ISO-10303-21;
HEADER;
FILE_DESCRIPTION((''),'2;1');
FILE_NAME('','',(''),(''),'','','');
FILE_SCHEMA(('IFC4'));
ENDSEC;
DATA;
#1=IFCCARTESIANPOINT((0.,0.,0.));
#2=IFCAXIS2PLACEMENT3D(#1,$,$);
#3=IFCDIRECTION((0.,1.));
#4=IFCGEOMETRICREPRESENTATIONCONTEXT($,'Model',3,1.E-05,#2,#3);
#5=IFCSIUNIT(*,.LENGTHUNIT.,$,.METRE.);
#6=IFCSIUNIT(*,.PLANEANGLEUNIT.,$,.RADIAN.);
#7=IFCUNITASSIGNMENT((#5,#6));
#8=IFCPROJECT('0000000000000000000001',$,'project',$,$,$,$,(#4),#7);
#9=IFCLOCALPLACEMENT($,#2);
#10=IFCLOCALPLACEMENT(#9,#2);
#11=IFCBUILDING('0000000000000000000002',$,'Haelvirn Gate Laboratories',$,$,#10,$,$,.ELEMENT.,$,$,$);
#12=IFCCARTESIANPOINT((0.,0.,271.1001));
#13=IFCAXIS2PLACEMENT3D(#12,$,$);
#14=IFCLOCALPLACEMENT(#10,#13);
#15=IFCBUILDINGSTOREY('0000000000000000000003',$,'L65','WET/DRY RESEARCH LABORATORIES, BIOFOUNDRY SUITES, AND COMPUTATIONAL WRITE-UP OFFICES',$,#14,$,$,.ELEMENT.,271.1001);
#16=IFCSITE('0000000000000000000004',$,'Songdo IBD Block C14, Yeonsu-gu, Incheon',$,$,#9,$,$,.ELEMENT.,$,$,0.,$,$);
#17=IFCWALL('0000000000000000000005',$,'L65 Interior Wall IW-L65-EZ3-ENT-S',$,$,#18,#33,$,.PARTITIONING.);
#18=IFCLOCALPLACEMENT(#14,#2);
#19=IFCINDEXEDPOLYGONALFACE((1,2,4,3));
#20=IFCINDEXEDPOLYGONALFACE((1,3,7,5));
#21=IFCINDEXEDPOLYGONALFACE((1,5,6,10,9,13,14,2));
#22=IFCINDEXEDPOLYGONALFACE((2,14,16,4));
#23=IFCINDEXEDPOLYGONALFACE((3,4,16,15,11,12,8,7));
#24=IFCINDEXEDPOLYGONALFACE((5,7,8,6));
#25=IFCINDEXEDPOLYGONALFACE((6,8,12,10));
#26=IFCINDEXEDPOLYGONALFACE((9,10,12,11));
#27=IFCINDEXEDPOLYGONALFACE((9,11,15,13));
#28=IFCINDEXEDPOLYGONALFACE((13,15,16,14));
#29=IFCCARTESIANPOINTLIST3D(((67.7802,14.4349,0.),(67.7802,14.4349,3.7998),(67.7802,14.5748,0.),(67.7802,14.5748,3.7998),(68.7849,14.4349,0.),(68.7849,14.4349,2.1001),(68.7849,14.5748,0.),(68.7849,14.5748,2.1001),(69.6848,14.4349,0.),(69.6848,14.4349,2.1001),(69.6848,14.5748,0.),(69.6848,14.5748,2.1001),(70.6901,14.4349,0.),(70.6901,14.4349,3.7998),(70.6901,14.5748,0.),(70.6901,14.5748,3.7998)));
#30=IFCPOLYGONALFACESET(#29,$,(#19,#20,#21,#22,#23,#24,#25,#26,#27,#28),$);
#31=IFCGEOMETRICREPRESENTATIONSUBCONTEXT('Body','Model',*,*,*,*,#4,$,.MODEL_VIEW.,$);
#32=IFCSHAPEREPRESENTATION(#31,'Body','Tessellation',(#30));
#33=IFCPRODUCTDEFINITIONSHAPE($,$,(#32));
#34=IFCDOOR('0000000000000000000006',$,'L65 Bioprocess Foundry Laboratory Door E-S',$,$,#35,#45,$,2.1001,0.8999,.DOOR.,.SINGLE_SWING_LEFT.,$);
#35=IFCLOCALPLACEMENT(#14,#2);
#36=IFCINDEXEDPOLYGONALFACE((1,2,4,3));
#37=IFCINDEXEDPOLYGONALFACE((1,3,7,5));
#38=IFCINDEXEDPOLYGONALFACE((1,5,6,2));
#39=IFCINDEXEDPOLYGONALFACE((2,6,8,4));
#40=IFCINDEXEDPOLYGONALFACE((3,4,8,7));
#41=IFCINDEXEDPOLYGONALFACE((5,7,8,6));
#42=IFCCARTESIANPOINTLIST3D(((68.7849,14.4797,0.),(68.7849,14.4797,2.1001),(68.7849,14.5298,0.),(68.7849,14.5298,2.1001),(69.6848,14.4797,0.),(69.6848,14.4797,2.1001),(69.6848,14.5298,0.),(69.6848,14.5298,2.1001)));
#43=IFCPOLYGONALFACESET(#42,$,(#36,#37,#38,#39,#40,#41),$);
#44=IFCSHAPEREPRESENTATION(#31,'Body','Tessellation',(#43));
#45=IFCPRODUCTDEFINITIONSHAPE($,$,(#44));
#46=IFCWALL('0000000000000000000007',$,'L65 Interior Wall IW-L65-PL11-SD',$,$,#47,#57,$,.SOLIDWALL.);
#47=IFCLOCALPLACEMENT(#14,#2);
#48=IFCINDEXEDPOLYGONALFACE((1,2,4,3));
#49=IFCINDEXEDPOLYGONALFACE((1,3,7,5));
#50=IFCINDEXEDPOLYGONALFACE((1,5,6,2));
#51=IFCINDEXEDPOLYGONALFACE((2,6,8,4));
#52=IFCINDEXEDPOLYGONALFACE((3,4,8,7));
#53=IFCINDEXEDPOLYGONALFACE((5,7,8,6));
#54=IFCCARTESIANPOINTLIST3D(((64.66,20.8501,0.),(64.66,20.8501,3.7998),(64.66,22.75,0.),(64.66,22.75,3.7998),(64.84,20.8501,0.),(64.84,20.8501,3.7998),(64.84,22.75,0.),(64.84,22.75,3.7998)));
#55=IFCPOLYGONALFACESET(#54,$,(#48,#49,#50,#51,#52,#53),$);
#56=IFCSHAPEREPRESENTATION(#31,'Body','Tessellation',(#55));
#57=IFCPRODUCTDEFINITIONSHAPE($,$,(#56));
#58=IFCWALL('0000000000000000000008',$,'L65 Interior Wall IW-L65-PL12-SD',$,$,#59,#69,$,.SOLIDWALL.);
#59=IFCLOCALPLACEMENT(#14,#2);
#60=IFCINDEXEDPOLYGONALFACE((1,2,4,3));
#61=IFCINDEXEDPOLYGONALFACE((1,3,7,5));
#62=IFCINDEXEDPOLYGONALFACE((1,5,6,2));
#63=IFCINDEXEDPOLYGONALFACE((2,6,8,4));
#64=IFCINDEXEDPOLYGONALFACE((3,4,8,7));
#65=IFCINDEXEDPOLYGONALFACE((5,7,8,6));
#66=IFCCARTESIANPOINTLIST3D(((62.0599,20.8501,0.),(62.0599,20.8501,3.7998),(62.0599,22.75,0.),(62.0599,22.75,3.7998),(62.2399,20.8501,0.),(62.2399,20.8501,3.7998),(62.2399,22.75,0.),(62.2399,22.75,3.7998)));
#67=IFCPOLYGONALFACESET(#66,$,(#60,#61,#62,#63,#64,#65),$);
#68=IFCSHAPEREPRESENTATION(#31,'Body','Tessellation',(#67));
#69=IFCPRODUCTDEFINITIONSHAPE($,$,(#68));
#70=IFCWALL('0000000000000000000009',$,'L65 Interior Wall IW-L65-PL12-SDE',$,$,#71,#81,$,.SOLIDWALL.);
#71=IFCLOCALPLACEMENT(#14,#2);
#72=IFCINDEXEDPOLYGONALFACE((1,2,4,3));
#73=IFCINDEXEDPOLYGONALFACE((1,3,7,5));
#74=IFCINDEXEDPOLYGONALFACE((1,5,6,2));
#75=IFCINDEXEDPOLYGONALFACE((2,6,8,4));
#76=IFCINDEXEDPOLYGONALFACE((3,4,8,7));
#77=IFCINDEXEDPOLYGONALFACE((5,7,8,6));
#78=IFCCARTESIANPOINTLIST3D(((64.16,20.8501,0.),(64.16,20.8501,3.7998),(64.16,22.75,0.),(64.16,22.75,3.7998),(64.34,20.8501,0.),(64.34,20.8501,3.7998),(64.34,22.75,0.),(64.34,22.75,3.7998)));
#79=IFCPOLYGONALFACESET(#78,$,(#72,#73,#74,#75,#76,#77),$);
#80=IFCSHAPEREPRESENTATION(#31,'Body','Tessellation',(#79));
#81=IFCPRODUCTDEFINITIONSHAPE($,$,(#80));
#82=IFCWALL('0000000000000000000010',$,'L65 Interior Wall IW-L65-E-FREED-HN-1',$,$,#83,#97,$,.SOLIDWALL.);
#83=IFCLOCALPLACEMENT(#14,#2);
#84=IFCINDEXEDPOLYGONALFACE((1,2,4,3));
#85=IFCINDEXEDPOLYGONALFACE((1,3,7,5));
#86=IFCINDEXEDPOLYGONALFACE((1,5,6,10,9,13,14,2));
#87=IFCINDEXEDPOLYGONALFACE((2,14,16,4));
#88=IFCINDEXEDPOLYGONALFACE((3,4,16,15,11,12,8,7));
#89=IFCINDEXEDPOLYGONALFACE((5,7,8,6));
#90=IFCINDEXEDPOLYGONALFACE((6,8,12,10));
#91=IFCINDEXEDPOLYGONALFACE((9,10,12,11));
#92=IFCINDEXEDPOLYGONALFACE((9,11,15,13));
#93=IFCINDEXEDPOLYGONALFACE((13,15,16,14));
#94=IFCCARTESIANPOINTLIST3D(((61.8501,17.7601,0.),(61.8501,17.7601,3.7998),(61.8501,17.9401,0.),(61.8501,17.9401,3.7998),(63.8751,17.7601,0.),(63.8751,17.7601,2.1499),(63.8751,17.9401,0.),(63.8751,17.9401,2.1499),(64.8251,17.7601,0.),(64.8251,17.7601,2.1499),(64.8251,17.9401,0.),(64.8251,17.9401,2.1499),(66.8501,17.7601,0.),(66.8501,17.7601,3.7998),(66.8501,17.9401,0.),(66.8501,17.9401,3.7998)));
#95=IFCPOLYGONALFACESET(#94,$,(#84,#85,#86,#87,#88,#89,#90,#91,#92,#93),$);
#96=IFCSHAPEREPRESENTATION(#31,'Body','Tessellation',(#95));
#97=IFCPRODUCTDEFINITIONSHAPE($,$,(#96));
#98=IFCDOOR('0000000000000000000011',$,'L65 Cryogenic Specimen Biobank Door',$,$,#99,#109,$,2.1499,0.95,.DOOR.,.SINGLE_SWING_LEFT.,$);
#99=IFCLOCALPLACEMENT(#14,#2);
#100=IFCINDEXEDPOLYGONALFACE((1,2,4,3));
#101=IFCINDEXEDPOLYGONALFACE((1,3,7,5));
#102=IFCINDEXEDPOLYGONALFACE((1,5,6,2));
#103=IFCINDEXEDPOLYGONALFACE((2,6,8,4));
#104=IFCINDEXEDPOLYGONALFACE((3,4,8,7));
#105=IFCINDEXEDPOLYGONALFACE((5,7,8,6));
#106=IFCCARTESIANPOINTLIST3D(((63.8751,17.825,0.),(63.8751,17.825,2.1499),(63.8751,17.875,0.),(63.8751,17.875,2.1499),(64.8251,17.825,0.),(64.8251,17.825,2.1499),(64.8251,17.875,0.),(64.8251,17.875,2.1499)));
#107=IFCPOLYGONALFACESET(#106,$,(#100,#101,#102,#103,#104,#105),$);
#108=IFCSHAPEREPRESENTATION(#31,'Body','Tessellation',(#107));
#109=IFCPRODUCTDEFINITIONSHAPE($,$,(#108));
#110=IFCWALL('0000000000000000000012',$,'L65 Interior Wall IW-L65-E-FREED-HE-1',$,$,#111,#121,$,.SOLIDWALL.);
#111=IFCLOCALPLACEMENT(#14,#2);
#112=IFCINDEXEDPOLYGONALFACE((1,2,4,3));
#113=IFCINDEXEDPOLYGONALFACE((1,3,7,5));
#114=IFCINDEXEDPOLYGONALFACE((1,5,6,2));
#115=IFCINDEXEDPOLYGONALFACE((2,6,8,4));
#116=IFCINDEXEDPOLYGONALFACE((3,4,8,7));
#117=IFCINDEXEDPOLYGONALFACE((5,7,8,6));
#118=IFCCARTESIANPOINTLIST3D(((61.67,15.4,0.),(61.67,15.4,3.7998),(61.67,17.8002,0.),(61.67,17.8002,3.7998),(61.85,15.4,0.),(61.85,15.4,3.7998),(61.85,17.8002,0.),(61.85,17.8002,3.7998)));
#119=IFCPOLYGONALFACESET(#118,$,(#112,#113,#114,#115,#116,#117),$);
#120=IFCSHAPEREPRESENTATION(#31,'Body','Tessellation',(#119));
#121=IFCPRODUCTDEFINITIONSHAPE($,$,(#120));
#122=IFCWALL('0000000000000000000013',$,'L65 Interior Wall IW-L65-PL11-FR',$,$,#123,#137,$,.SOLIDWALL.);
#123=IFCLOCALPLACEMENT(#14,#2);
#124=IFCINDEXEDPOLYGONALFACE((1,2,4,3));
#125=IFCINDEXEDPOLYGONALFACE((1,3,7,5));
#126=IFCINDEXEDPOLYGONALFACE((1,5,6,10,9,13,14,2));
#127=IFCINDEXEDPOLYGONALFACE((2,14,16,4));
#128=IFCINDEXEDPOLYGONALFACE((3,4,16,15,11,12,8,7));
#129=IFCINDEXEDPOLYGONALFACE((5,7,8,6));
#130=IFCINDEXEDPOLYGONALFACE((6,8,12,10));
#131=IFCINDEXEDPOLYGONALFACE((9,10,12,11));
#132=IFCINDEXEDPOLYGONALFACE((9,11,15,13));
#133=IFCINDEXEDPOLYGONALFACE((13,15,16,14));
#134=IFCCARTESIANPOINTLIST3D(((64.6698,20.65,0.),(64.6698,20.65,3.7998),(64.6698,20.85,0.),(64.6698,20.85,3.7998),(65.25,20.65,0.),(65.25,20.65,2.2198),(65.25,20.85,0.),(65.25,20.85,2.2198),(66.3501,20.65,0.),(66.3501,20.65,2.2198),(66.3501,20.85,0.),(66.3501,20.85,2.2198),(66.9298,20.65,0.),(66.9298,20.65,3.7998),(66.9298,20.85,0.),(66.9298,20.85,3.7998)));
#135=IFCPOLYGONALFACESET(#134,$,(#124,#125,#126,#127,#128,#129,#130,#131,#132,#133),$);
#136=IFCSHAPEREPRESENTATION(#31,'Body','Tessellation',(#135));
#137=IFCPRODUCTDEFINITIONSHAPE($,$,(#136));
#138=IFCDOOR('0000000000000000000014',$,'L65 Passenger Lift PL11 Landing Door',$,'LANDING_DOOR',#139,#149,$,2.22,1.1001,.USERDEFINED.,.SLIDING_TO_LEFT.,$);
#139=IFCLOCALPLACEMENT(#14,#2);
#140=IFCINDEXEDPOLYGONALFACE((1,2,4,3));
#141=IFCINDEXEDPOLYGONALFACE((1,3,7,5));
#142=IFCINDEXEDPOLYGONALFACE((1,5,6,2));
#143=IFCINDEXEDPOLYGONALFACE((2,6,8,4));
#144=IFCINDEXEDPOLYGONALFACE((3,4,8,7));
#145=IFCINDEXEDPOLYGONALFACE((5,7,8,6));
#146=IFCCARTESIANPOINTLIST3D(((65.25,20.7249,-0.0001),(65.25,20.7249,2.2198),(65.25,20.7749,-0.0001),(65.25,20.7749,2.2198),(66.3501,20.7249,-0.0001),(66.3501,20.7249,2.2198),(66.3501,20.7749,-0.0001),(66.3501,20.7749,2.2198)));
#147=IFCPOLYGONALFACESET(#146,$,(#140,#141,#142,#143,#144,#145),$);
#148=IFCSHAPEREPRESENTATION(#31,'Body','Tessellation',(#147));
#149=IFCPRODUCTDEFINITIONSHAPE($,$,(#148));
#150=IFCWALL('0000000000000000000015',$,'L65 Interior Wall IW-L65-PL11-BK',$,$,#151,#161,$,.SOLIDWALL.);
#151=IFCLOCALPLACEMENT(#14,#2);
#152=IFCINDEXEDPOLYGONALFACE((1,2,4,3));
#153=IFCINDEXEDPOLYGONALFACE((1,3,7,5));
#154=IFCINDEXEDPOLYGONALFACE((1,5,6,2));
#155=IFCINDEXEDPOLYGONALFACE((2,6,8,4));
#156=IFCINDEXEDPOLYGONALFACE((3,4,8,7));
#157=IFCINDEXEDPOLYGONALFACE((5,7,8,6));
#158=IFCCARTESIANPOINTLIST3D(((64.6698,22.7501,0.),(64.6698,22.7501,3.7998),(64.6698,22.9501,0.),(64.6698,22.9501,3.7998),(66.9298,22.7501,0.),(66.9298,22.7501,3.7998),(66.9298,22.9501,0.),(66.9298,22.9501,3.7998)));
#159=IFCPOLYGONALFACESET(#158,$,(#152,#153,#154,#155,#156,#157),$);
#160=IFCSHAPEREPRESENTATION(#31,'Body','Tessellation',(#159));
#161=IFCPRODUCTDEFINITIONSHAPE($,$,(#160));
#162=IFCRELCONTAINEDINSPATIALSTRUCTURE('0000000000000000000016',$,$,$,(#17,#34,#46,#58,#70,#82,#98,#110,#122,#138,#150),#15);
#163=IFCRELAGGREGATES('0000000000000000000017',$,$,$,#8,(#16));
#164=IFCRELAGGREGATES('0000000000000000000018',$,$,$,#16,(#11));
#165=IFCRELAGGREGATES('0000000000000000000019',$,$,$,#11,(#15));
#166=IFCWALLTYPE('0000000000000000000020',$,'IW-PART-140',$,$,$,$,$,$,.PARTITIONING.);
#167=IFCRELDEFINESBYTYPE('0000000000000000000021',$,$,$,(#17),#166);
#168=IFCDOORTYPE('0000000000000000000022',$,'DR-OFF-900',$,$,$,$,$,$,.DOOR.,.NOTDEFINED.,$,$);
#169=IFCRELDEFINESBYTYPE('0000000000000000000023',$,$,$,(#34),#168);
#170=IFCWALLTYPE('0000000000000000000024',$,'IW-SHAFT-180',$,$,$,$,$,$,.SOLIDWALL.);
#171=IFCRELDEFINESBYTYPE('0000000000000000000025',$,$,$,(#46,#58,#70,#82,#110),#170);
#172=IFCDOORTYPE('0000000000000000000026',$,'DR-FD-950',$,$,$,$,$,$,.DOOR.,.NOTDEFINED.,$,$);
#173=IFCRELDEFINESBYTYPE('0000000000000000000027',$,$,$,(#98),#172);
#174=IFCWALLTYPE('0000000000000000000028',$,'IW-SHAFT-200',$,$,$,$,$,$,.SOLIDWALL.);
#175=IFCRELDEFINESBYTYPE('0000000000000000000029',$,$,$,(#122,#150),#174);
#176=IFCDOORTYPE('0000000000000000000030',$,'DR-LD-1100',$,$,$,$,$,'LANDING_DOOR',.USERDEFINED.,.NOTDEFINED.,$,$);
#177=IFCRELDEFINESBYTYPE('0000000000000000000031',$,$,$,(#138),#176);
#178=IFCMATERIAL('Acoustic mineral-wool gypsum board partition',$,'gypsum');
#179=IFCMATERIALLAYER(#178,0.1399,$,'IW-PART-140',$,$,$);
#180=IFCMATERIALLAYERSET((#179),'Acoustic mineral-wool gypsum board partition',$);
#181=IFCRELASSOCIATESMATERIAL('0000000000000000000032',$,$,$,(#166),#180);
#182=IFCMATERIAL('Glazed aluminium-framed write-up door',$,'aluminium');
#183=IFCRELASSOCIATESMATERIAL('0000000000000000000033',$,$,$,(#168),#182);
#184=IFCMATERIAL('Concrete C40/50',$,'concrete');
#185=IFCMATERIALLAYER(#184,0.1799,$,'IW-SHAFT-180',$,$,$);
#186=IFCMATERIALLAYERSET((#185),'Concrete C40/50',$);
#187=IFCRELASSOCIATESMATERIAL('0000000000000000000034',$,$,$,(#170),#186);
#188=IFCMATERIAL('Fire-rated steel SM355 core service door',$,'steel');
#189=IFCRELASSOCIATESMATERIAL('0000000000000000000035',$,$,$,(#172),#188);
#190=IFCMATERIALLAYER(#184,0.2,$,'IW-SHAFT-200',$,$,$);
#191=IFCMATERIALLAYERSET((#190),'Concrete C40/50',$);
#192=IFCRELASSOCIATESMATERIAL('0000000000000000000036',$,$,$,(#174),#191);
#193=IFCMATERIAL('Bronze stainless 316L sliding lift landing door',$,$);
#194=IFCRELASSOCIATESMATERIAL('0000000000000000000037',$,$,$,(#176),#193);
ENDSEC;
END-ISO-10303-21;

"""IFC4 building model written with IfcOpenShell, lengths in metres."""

from ifc_helpers import new_model, si_unit, direction, frame, frame_2d, origin, place, context, subcontext, project, spatial, rectangle, extrude, source, transform, mapped, material, layer, layer_set, type_object, type_shapes, element, fill, save


model = new_model("IFC4")

# Units and contexts
model_context = context("Model", 3, precision=1e-05, world=origin(), true_north=direction((0.0, 1.0)))
body_context = subcontext(model_context, "Body", "Model", "MODEL_VIEW")
ifc_project = project(units=[si_unit("LENGTHUNIT", "METRE"), si_unit("PLANEANGLEUNIT", "RADIAN")], contexts=[model_context])

# Site, building, storey
site_placement = place(None, origin())
site = spatial("IfcSite", under=ifc_project, at=site_placement, Name="Songdo IBD Block C14, Yeonsu-gu, Incheon", CompositionType="ELEMENT", RefElevation=0.0)
building_placement = place(site_placement, origin())
building = spatial("IfcBuilding", under=site, at=building_placement, Name="Haelvirn Gate Laboratories", CompositionType="ELEMENT")
storey_placement = place(building_placement, frame((0.0, 0.0, 271.1001)))
storey = spatial("IfcBuildingStorey", under=building, at=storey_placement, Name="L65", Description="WET/DRY RESEARCH LABORATORIES, BIOFOUNDRY SUITES, AND COMPUTATIONAL WRITE-UP OFFICES", CompositionType="ELEMENT", Elevation=271.1001)

# Wall, opening, door
ifc_material_1 = material(Name="Acoustic mineral-wool gypsum board partition", Category="gypsum")
ifc_layer_1 = layer(ifc_material_1, 0.1399, Name="IW-PART-140")
ifc_layer_set_1 = layer_set([ifc_layer_1], Name="Acoustic mineral-wool gypsum board partition")
wall_type_1 = type_object("IfcWallType", Name="IW-PART-140", PredefinedType="PARTITIONING", material=ifc_layer_set_1)
wall_1_placement = place(storey_placement, frame((67.78, 14.5049, 0.0), z_axis=(0.0, 0.0, 1.0), x_axis=(1.0, 0.0, 0.0)))
wall_1 = element("IfcWall", 1, at=wall_1_placement, inside=storey, type_object=wall_type_1, Name="L65 Interior Wall IW-L65-EZ3-ENT-S", PredefinedType="PARTITIONING", context=body_context, shape_type="SweptSolid", body=[
    extrude(rectangle(XDim=2.9099, YDim=0.1399, at=frame_2d((1.4551, 0.0))), origin(), (0.0, 0.0, 1.0), 3.7998),
])
opening_1_placement = place(wall_1_placement, frame((1.0049, 0.0, 0.0)))
opening_1 = element("IfcOpeningElement", 2, at=opening_1_placement, cuts=wall_1, PredefinedType="OPENING", context=body_context, shape_type="SweptSolid", body=[
    extrude(rectangle(XDim=0.8999, YDim=2.1001, at=frame_2d((0.45, 1.05))), frame((0.0, 0.0801, 0.0), z_axis=(0.0, -1.0, 0.0), x_axis=(1.0, 0.0, 0.0)), (0.0, 0.0, 1.0), 0.1599),
])
ifc_material_2 = material(Name="Glazed aluminium-framed write-up door", Category="aluminium")
door_type_1 = type_object("IfcDoorType", Name="DR-OFF-900", OperationType="NOTDEFINED", PredefinedType="DOOR", material=ifc_material_2)
shared_shape_1 = source(origin(), body_context, "Body", "SweptSolid", [
    extrude(rectangle(XDim=0.8999, YDim=2.1001, at=frame_2d((0.45, 1.05))), frame((0.0, 0.0249, 0.0), z_axis=(0.0, -1.0, 0.0), x_axis=(1.0, 0.0, 0.0)), (0.0, 0.0, 1.0), 0.05),
])
type_shapes(door_type_1, [shared_shape_1])
door_1_placement = place(opening_1_placement, origin())
door_1 = element("IfcDoor", 3, at=door_1_placement, inside=storey, type_object=door_type_1, Name="L65 Bioprocess Foundry Laboratory Door E-S", OperationType="SINGLE_SWING_LEFT", OverallHeight=2.1001, OverallWidth=0.8999, PredefinedType="DOOR", context=body_context, shape_type="MappedRepresentation", body=[
    mapped(shared_shape_1, transform((0.0, 0.0, 0.0), scale=1.0)),
])
fill(opening_1, door_1)

# Walls
ifc_material_3 = material(Name="Concrete C40/50", Category="concrete")
ifc_layer_2 = layer(ifc_material_3, 0.1799, Name="IW-SHAFT-180")
ifc_layer_set_2 = layer_set([ifc_layer_2], Name="Concrete C40/50")
wall_type_2 = type_object("IfcWallType", Name="IW-SHAFT-180", PredefinedType="SOLIDWALL", material=ifc_layer_set_2)
for number, where, z_axis, x_axis, name in (
    (4, (64.75, 20.8501, 0.0), (0.0, 0.0, 1.0), (0.0, 1.0, 0.0), "L65 Interior Wall IW-L65-PL11-SD"),
    (5, (62.1499, 20.8501, 0.0), (0.0, 0.0, 1.0), (0.0, 1.0, 0.0), "L65 Interior Wall IW-L65-PL12-SD"),
    (6, (64.25, 20.8501, 0.0), (0.0, 0.0, 1.0), (0.0, 1.0, 0.0), "L65 Interior Wall IW-L65-PL12-SDE"),
):
    element("IfcWall", number, at=place(storey_placement, frame(where, z_axis=z_axis, x_axis=x_axis)), inside=storey, type_object=wall_type_2, Name=name, PredefinedType="SOLIDWALL", context=body_context, shape_type="SweptSolid", body=[
        extrude(rectangle(XDim=1.8999, YDim=0.1799, at=frame_2d((0.95, 0.0))), origin(), (0.0, 0.0, 1.0), 3.7998),
    ])

# Wall, opening, door
wall_2_placement = place(storey_placement, frame((61.8501, 17.8501, 0.0), z_axis=(0.0, 0.0, 1.0), x_axis=(1.0, 0.0, 0.0)))
wall_2 = element("IfcWall", 7, at=wall_2_placement, inside=storey, type_object=wall_type_2, Name="L65 Interior Wall IW-L65-E-FREED-HN-1", PredefinedType="SOLIDWALL", context=body_context, shape_type="SweptSolid", body=[
    extrude(rectangle(XDim=5.0, YDim=0.1799, at=frame_2d((2.5, 0.0))), origin(), (0.0, 0.0, 1.0), 3.7998),
])
opening_2_placement = place(wall_2_placement, frame((2.0249, 0.0, 0.0)))
opening_2 = element("IfcOpeningElement", 8, at=opening_2_placement, cuts=wall_2, PredefinedType="OPENING", context=body_context, shape_type="SweptSolid", body=[
    extrude(rectangle(XDim=0.95, YDim=2.1499, at=frame_2d((0.4751, 1.075))), frame((0.0, 0.1001, 0.0), z_axis=(0.0, -1.0, 0.0), x_axis=(1.0, 0.0, 0.0)), (0.0, 0.0, 1.0), 0.2),
])
ifc_material_4 = material(Name="Fire-rated steel SM355 core service door", Category="steel")
door_type_2 = type_object("IfcDoorType", Name="DR-FD-950", OperationType="NOTDEFINED", PredefinedType="DOOR", material=ifc_material_4)
shared_shape_2 = source(origin(), body_context, "Body", "SweptSolid", [
    extrude(rectangle(XDim=0.95, YDim=2.1499, at=frame_2d((0.4751, 1.075))), frame((0.0, 0.0249, 0.0), z_axis=(0.0, -1.0, 0.0), x_axis=(1.0, 0.0, 0.0)), (0.0, 0.0, 1.0), 0.05),
])
type_shapes(door_type_2, [shared_shape_2])
door_2_placement = place(opening_2_placement, origin())
door_2 = element("IfcDoor", 9, at=door_2_placement, inside=storey, type_object=door_type_2, Name="L65 Cryogenic Specimen Biobank Door", OperationType="SINGLE_SWING_LEFT", OverallHeight=2.1499, OverallWidth=0.95, PredefinedType="DOOR", context=body_context, shape_type="MappedRepresentation", body=[
    mapped(shared_shape_2, transform((0.0, 0.0, 0.0), scale=1.0)),
])
fill(opening_2, door_2)

# Wall
wall_3_placement = place(storey_placement, frame((61.76, 15.3999, 0.0), z_axis=(0.0, 0.0, 1.0), x_axis=(0.0, 1.0, 0.0)))
element("IfcWall", 10, at=wall_3_placement, inside=storey, type_object=wall_type_2, Name="L65 Interior Wall IW-L65-E-FREED-HE-1", PredefinedType="SOLIDWALL", context=body_context, shape_type="SweptSolid", body=[
    extrude(rectangle(XDim=2.4001, YDim=0.1799, at=frame_2d((1.2002, 0.0))), origin(), (0.0, 0.0, 1.0), 3.7998),
])

# Wall, opening, door
ifc_layer_3 = layer(ifc_material_3, 0.2, Name="IW-SHAFT-200")
ifc_layer_set_3 = layer_set([ifc_layer_3], Name="Concrete C40/50")
wall_type_3 = type_object("IfcWallType", Name="IW-SHAFT-200", PredefinedType="SOLIDWALL", material=ifc_layer_set_3)
wall_4_placement = place(storey_placement, frame((64.6699, 20.75, 0.0), z_axis=(0.0, 0.0, 1.0), x_axis=(1.0, 0.0, 0.0)))
wall_4 = element("IfcWall", 11, at=wall_4_placement, inside=storey, type_object=wall_type_3, Name="L65 Interior Wall IW-L65-PL11-FR", PredefinedType="SOLIDWALL", context=body_context, shape_type="SweptSolid", body=[
    extrude(rectangle(XDim=2.26, YDim=0.2, at=frame_2d((1.1299, 0.0))), origin(), (0.0, 0.0, 1.0), 3.7998),
])
opening_3_placement = place(wall_4_placement, frame((0.5801, 0.0, 0.0)))
opening_3 = element("IfcOpeningElement", 12, at=opening_3_placement, cuts=wall_4, PredefinedType="OPENING", context=body_context, shape_type="SweptSolid", body=[
    extrude(rectangle(XDim=1.1001, YDim=2.22, at=frame_2d((0.55, 1.1099))), frame((0.0, 0.1099, 0.0), z_axis=(0.0, -1.0, 0.0), x_axis=(1.0, 0.0, 0.0)), (0.0, 0.0, 1.0), 0.22),
])
ifc_material_5 = material(Name="Bronze stainless 316L sliding lift landing door")
door_type_3 = type_object("IfcDoorType", Name="DR-LD-1100", ElementType="LANDING_DOOR", OperationType="NOTDEFINED", PredefinedType="USERDEFINED", material=ifc_material_5)
shared_shape_3 = source(origin(), body_context, "Body", "SweptSolid", [
    extrude(rectangle(XDim=1.1001, YDim=2.22, at=frame_2d((0.55, 1.1099))), frame((0.0, 0.0249, 0.0), z_axis=(0.0, -1.0, 0.0), x_axis=(1.0, 0.0, 0.0)), (0.0, 0.0, 1.0), 0.05),
])
type_shapes(door_type_3, [shared_shape_3])
door_3_placement = place(opening_3_placement, origin())
door_3 = element("IfcDoor", 13, at=door_3_placement, inside=storey, type_object=door_type_3, Name="L65 Passenger Lift PL11 Landing Door", ObjectType="LANDING_DOOR", OperationType="SLIDING_TO_LEFT", OverallHeight=2.22, OverallWidth=1.1001, PredefinedType="USERDEFINED", context=body_context, shape_type="MappedRepresentation", body=[
    mapped(shared_shape_3, transform((0.0, 0.0, 0.0), scale=1.0)),
])
fill(opening_3, door_3)

# Wall
wall_5_placement = place(storey_placement, frame((64.6699, 22.8501, 0.0), z_axis=(0.0, 0.0, 1.0), x_axis=(1.0, 0.0, 0.0)))
element("IfcWall", 14, at=wall_5_placement, inside=storey, type_object=wall_type_3, Name="L65 Interior Wall IW-L65-PL11-BK", PredefinedType="SOLIDWALL", context=body_context, shape_type="SweptSolid", body=[
    extrude(rectangle(XDim=2.26, YDim=0.2, at=frame_2d((1.1299, 0.0))), origin(), (0.0, 0.0, 1.0), 3.7998),
])

save(model, "model.ifc")
